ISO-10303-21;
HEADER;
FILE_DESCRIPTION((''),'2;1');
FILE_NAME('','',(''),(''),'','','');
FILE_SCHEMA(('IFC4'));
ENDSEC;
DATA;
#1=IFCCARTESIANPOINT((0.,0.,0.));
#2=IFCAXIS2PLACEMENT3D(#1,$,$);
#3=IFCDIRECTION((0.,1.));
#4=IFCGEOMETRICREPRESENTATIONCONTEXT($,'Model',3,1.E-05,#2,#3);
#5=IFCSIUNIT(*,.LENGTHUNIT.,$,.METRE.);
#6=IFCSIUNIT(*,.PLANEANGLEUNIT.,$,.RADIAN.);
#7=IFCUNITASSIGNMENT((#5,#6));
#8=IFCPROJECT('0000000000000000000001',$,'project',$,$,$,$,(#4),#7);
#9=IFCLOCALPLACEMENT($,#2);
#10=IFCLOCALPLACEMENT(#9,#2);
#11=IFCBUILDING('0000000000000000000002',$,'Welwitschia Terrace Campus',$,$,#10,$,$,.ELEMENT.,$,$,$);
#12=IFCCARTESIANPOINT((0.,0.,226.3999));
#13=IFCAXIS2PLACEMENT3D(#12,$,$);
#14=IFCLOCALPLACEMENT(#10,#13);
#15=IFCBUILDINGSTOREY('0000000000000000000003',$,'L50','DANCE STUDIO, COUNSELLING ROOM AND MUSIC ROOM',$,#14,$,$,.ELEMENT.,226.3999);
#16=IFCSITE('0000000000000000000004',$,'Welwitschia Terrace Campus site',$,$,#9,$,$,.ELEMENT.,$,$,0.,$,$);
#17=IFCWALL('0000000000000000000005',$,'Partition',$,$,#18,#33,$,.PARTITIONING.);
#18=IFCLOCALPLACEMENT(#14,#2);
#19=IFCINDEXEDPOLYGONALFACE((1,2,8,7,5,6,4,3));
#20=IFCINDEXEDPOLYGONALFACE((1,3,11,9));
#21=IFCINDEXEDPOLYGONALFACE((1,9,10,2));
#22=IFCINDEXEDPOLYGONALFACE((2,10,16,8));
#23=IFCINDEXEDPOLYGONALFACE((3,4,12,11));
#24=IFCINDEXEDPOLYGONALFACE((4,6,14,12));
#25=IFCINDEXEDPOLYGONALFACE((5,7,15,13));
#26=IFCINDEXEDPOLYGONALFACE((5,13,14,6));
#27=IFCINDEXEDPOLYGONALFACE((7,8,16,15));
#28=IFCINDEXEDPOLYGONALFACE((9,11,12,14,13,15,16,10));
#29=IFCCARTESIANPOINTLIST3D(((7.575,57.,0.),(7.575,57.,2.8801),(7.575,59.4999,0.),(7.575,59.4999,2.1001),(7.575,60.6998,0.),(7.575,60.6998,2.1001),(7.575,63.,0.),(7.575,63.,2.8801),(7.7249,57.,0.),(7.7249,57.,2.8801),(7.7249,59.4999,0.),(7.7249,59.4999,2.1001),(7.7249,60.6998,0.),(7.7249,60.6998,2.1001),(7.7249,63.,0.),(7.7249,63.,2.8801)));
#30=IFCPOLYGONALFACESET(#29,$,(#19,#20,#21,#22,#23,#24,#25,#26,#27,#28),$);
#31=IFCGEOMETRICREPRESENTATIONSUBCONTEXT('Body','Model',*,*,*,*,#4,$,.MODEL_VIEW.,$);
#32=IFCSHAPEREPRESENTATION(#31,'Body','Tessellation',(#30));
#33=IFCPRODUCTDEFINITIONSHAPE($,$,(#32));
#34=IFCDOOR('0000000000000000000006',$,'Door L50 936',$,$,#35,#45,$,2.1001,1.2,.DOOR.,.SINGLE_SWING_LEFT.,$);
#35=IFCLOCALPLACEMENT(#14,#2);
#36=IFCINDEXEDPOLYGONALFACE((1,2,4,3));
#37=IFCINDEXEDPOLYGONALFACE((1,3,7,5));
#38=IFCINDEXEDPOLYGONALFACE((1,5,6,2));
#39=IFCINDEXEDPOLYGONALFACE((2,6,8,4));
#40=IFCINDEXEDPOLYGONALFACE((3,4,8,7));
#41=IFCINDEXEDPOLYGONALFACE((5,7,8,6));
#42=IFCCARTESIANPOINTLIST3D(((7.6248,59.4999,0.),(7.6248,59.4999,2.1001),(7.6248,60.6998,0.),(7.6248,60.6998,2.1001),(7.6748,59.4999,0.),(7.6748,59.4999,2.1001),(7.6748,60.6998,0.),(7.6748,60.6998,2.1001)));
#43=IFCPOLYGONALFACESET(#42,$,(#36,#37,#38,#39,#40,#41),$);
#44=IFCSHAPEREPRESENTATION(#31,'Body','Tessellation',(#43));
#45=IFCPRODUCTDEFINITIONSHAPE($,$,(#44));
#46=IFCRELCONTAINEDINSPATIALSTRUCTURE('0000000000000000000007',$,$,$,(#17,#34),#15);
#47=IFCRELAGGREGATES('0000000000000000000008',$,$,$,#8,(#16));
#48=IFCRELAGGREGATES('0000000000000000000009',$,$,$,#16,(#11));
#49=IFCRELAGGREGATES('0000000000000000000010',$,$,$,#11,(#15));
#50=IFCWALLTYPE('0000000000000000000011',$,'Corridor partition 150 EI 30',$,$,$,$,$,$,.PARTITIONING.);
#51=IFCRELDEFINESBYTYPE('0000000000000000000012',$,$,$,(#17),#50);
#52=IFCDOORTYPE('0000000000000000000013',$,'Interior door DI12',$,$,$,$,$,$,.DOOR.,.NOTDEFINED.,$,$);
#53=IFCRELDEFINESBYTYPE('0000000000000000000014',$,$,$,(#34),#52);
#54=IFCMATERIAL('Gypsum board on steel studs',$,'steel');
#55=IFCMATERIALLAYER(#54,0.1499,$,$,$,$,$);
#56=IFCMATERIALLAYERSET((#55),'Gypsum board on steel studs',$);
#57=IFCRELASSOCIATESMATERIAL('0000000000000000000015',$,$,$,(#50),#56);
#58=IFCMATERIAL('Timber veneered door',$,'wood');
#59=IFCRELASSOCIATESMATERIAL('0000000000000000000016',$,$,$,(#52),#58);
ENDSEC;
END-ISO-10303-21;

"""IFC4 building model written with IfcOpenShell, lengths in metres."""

from ifc_helpers import new_model, si_unit, direction, frame, frame_2d, origin, place, context, subcontext, project, spatial, rectangle, extrude, material, layer, layer_set, type_object, element, fill, save


model = new_model("IFC4")

# Units and contexts
model_context = context("Model", 3, precision=1e-05, world=origin(), true_north=direction((0.0, 1.0)))
body_context = subcontext(model_context, "Body", "Model", "MODEL_VIEW")
ifc_project = project(units=[si_unit("LENGTHUNIT", "METRE"), si_unit("PLANEANGLEUNIT", "RADIAN")], contexts=[model_context])

# Site, building, storey
site_placement = place(None, origin())
site = spatial("IfcSite", under=ifc_project, at=site_placement, Name="Welwitschia Terrace Campus site", CompositionType="ELEMENT", RefElevation=0.0)
building_placement = place(site_placement, origin())
building = spatial("IfcBuilding", under=site, at=building_placement, Name="Welwitschia Terrace Campus", CompositionType="ELEMENT")
storey_placement = place(building_placement, frame((0.0, 0.0, 226.3999)))
storey = spatial("IfcBuildingStorey", under=building, at=storey_placement, Name="L50", Description="DANCE STUDIO, COUNSELLING ROOM AND MUSIC ROOM", CompositionType="ELEMENT", Elevation=226.3999)

# Shared definitions
ifc_material_1 = material(Name="Gypsum board on steel studs", Category="steel")
ifc_layer_1 = layer(ifc_material_1, 0.1499)
ifc_layer_set_1 = layer_set([ifc_layer_1], Name="Gypsum board on steel studs")
wall_type = type_object("IfcWallType", Name="Corridor partition 150 EI 30", PredefinedType="PARTITIONING", material=ifc_layer_set_1)

# Wall, opening, door
ifc_material_2 = material(Name="Timber veneered door", Category="wood")
door_type_1 = type_object("IfcDoorType", Name="Interior door DI12", OperationType="NOTDEFINED", PredefinedType="DOOR", material=ifc_material_2)
wall_1_placement = place(storey_placement, frame((7.6499, 63.0, 0.0), z_axis=(0.0, 0.0, 1.0), x_axis=(0.0, -1.0, 0.0)))
wall_1 = element("IfcWall", 1, at=wall_1_placement, inside=storey, type_object=wall_type, Name="Partition", PredefinedType="PARTITIONING", context=body_context, shape_type="SweptSolid", body=[
    extrude(rectangle(XDim=6.0, YDim=0.1499, at=frame_2d((3.0, 0.0))), origin(), (0.0, 0.0, 1.0), 2.8801),
])
opening_1_placement = place(wall_1_placement, frame((2.3, 0.0, 0.0)))
opening_1 = element("IfcOpeningElement", 2, at=opening_1_placement, cuts=wall_1, PredefinedType="OPENING", context=body_context, shape_type="SweptSolid", body=[
    extrude(rectangle(XDim=1.2, YDim=2.1001, at=frame_2d((0.6001, 1.05))), frame((0.0, 0.085, 0.0), z_axis=(0.0, -1.0, 0.0), x_axis=(1.0, 0.0, 0.0)), (0.0, 0.0, 1.0), 0.1699),
])
door_1_placement = place(opening_1_placement, origin())
door_1 = element("IfcDoor", 3, at=door_1_placement, inside=storey, type_object=door_type_1, Name="Door L50 936", OperationType="SINGLE_SWING_LEFT", OverallHeight=2.1001, OverallWidth=1.2, PredefinedType="DOOR", context=body_context, shape_type="SweptSolid", body=[
    extrude(rectangle(XDim=1.2, YDim=2.1001, at=frame_2d((0.6001, 1.05))), frame((0.0, 0.0249, 0.0), z_axis=(0.0, -1.0, 0.0), x_axis=(1.0, 0.0, 0.0)), (0.0, 0.0, 1.0), 0.05),
])
fill(opening_1, door_1)

save(model, "model.ifc")
